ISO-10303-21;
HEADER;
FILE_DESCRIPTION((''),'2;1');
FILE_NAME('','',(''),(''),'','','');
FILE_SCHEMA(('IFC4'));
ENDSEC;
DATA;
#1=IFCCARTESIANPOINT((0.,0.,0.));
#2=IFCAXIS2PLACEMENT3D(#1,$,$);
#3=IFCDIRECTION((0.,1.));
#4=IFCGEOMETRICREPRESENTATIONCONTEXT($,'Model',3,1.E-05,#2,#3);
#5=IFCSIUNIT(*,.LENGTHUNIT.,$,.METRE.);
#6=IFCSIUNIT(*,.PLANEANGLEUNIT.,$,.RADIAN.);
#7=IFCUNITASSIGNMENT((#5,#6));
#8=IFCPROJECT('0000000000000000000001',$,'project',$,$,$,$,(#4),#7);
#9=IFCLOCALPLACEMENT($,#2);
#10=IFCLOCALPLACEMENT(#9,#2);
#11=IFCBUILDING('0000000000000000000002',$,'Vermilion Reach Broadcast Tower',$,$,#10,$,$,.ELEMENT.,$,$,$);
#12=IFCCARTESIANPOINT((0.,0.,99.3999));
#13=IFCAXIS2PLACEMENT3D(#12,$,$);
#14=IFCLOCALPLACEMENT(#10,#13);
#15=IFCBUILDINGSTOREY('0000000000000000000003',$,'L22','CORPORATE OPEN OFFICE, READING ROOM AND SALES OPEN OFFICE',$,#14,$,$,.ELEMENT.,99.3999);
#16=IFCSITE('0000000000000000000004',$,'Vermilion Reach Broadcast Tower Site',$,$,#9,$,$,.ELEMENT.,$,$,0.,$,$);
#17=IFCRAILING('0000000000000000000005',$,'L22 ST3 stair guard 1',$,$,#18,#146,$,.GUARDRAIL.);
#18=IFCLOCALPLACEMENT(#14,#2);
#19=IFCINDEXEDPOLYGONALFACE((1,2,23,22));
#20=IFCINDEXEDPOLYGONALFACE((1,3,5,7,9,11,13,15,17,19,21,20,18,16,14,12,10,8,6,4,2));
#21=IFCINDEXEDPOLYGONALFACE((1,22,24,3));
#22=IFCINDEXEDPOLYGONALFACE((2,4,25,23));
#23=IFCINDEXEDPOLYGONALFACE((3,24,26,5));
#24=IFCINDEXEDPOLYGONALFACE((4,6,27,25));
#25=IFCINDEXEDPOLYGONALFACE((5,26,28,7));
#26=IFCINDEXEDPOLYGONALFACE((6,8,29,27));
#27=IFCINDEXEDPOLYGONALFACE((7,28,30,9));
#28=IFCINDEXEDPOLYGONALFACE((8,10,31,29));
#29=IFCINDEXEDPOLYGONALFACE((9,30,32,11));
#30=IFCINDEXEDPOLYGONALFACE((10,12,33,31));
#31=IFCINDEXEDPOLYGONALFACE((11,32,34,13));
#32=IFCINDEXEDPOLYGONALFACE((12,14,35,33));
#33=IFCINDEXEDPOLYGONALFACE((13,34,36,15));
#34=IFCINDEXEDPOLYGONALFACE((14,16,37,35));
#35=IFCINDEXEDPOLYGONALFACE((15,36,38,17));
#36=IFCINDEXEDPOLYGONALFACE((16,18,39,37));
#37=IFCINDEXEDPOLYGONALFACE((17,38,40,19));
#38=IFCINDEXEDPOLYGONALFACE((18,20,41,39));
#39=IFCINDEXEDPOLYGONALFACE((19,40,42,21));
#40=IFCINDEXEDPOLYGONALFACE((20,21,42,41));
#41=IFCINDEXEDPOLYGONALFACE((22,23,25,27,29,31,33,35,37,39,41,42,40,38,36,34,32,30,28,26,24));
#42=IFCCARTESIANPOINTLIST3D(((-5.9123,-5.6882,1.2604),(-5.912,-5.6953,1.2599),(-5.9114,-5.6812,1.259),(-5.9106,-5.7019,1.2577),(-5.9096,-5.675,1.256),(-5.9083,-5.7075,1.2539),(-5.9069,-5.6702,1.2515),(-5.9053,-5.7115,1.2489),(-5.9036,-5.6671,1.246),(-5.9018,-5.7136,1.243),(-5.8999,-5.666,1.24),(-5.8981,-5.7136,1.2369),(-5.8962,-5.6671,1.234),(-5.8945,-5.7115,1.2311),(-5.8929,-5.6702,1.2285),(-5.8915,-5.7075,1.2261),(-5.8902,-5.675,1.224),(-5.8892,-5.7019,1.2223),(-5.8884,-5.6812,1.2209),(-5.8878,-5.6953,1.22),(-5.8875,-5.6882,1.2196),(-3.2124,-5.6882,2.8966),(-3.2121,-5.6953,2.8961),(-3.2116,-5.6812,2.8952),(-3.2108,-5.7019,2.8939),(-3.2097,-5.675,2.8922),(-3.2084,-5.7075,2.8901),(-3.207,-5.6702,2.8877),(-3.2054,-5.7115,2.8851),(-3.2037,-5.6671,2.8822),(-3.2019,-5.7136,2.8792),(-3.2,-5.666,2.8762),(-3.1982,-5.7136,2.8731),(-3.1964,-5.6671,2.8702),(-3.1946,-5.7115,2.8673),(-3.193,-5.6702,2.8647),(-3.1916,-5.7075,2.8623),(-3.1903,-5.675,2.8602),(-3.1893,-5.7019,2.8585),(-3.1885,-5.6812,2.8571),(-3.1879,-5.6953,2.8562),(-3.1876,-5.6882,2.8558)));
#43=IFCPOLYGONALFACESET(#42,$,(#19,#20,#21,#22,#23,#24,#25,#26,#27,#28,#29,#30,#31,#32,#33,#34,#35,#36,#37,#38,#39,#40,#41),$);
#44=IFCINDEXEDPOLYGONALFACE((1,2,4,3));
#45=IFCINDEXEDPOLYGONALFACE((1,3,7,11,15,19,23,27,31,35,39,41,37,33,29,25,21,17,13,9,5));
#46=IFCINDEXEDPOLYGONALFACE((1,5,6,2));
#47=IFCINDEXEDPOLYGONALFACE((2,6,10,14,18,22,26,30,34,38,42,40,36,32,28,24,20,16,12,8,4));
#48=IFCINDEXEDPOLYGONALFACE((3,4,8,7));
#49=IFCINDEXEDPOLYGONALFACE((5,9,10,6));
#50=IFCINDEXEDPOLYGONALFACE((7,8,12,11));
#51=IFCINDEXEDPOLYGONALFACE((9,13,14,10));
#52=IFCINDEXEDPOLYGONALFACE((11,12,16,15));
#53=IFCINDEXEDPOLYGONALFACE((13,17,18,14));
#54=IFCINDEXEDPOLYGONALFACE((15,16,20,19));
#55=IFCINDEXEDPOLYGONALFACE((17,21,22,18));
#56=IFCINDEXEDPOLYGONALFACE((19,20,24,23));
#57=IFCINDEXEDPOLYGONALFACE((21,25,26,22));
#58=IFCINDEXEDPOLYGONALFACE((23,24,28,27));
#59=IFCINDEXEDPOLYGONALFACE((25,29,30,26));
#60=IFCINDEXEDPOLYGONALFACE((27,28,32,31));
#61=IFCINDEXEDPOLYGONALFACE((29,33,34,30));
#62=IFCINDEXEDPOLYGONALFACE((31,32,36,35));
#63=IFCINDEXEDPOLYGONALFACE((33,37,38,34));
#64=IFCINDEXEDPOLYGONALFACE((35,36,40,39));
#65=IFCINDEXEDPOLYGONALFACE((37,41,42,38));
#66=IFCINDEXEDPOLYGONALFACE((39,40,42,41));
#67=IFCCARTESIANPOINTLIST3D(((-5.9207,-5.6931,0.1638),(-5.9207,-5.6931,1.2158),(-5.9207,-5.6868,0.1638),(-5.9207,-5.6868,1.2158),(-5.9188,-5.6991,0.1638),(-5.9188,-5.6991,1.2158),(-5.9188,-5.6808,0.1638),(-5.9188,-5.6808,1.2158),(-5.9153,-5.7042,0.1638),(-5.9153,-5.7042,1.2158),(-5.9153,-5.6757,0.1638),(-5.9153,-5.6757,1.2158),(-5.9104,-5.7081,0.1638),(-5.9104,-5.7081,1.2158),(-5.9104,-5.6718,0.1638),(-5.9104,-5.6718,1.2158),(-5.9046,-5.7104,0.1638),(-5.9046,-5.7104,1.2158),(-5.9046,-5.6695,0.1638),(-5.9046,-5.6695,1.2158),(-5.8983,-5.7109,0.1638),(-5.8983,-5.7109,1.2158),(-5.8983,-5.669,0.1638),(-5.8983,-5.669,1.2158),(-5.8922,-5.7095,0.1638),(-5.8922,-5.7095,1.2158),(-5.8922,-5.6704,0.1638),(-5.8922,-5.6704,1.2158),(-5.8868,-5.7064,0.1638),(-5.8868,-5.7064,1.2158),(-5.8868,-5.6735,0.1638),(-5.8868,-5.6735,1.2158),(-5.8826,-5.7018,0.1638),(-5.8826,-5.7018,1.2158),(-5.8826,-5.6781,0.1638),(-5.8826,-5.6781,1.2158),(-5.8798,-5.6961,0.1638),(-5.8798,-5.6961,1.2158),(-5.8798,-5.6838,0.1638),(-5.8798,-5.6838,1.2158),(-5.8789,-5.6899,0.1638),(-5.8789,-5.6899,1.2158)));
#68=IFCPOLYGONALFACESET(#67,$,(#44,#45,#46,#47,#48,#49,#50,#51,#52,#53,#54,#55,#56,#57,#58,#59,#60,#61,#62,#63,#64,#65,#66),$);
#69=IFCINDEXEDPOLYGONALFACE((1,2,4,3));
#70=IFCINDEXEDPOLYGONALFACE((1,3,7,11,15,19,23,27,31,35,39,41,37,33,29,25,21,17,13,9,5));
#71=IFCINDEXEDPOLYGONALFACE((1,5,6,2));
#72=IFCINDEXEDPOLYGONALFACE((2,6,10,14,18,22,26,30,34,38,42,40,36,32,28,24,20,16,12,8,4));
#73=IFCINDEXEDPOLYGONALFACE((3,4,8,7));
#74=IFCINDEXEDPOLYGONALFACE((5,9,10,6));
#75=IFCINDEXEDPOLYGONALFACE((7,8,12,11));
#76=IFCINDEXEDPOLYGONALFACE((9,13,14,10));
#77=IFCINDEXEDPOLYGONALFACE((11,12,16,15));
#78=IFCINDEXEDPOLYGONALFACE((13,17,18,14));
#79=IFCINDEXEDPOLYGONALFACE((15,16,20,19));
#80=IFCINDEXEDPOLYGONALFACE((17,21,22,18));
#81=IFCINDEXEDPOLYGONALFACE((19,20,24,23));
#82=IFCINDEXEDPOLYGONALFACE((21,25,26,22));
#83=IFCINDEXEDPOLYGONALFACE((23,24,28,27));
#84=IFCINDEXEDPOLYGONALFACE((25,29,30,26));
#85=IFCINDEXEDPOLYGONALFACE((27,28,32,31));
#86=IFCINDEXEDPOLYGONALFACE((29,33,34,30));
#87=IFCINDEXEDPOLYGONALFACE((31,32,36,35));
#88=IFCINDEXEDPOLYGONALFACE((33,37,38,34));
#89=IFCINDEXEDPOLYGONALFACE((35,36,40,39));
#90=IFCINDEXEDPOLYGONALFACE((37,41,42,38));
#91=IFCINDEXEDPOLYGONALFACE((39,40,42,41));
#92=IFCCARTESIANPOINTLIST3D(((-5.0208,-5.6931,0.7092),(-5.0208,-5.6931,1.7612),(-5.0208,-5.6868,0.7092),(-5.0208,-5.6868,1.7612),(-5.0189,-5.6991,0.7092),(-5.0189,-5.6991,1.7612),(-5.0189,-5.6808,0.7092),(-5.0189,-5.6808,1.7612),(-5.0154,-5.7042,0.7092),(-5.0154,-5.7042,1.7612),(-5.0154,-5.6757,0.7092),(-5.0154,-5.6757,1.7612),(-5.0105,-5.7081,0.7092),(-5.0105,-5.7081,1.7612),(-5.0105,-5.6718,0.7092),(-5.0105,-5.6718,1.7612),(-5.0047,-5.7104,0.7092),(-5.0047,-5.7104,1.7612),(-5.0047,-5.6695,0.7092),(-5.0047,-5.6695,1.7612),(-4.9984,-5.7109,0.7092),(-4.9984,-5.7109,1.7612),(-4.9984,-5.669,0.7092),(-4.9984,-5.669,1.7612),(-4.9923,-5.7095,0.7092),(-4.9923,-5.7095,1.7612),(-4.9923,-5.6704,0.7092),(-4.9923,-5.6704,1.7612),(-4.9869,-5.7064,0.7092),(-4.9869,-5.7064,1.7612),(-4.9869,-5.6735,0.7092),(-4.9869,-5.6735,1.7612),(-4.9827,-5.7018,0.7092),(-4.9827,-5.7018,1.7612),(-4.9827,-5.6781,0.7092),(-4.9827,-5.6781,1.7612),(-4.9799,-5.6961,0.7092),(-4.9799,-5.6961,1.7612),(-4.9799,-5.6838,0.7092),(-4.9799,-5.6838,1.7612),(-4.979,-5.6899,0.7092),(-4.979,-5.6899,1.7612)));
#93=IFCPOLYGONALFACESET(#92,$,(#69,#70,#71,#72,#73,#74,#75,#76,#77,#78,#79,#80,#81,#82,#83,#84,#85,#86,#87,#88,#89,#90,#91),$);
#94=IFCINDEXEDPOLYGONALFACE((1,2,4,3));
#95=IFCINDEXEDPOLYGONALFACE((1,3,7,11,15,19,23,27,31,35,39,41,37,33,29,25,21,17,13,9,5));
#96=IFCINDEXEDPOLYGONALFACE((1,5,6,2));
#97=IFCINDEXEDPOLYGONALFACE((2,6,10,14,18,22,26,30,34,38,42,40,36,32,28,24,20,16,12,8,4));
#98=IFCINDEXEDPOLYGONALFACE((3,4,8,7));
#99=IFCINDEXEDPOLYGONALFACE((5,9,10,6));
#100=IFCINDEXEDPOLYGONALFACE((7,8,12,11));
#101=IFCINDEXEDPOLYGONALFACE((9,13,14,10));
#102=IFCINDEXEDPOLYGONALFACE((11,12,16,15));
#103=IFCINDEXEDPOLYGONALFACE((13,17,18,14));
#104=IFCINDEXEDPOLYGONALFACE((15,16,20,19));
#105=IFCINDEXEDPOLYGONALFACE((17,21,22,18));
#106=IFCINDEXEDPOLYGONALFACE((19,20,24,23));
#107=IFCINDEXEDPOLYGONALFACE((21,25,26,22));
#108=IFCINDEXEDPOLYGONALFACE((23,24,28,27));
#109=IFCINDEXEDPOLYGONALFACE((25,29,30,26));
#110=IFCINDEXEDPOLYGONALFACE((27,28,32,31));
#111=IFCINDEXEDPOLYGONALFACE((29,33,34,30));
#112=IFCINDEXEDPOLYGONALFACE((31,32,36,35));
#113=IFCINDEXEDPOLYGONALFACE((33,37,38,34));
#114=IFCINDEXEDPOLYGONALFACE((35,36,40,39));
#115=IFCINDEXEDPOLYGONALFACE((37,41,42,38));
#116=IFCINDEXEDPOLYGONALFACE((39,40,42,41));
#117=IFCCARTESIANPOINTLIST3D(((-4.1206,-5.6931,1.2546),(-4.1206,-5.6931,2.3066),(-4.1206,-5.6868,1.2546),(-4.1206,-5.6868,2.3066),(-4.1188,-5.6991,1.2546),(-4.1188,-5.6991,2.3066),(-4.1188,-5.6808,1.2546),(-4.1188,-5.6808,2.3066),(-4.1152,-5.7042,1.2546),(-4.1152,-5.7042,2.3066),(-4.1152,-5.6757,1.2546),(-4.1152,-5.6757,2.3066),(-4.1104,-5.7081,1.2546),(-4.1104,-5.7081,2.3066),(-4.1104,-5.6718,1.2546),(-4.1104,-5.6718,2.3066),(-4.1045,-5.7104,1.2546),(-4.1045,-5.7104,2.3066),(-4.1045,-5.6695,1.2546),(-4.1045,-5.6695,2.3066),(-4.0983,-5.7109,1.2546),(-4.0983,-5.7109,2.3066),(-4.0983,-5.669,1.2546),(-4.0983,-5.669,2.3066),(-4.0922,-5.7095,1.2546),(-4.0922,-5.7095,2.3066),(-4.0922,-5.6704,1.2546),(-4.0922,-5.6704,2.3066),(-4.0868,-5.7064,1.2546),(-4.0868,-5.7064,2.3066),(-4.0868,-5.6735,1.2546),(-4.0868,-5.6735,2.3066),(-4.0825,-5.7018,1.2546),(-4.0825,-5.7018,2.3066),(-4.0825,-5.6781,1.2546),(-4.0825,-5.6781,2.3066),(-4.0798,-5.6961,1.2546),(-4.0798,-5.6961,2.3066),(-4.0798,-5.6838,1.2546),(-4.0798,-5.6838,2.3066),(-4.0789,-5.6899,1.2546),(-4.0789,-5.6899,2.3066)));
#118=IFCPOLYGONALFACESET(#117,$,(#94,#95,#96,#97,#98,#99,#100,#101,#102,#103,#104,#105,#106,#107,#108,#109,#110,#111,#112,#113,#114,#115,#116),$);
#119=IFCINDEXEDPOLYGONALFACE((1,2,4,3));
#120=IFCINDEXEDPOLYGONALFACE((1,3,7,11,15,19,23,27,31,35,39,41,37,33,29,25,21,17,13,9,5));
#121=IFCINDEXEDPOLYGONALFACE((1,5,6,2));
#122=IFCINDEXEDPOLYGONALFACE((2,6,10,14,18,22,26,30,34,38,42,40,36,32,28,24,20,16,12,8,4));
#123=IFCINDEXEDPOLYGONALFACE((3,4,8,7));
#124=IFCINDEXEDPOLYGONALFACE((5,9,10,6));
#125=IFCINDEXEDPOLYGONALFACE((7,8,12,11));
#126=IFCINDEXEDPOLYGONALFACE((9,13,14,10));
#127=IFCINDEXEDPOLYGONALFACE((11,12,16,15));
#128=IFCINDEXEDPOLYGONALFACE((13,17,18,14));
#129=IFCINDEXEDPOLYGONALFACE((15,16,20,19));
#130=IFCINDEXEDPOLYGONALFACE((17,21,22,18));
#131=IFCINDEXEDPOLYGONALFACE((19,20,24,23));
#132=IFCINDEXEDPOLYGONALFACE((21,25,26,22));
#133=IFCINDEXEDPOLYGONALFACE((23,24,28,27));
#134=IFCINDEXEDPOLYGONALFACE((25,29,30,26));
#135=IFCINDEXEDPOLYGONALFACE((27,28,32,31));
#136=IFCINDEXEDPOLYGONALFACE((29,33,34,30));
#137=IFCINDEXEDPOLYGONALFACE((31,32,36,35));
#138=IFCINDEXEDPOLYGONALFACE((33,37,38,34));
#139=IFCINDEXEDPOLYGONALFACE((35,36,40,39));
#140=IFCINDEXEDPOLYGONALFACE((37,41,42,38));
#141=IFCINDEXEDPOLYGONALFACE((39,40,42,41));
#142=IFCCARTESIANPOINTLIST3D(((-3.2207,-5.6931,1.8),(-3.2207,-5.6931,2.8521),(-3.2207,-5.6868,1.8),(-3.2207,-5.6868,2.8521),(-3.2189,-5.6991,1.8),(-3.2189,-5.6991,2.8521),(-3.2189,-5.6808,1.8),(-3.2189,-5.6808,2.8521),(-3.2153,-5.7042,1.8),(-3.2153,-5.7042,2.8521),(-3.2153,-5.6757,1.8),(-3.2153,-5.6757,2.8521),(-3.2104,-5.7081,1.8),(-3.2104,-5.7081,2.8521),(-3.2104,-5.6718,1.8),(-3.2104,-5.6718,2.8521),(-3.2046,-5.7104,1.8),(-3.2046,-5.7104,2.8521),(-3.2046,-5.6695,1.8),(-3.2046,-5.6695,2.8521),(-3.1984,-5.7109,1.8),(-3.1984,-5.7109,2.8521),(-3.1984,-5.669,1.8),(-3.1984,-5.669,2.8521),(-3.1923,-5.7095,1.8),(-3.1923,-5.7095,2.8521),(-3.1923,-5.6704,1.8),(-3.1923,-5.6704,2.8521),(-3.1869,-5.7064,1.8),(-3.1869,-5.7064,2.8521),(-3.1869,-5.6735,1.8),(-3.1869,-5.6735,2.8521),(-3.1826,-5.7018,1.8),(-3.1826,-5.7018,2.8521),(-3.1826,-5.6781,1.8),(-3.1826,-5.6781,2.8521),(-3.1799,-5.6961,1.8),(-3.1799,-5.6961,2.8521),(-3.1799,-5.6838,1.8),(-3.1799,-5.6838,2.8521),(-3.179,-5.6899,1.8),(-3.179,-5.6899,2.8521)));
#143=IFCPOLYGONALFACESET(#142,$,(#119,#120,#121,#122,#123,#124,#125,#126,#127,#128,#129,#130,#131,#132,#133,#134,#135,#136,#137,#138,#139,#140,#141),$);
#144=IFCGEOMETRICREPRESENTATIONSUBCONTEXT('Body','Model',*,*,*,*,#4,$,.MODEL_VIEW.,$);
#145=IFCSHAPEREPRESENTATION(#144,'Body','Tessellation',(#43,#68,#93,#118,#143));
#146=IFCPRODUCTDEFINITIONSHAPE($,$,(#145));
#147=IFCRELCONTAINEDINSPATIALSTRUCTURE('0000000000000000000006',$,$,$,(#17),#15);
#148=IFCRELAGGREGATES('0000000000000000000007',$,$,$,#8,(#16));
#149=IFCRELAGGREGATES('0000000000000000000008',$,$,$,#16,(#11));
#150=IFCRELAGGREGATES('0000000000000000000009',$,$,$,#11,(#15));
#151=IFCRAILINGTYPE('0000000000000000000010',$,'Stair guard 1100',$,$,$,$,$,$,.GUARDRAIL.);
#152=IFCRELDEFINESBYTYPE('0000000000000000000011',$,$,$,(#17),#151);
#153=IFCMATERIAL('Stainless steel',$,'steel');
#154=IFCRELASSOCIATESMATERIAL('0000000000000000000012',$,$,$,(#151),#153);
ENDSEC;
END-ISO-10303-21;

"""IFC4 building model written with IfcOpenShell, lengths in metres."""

from ifc_helpers import new_model, si_unit, direction, frame, origin, origin_2d, place, context, subcontext, project, spatial, circle, extrude, material, type_object, element, save


model = new_model("IFC4")

# Units and contexts
model_context = context("Model", 3, precision=1e-05, world=origin(), true_north=direction((0.0, 1.0)))
body_context = subcontext(model_context, "Body", "Model", "MODEL_VIEW")
ifc_project = project(units=[si_unit("LENGTHUNIT", "METRE"), si_unit("PLANEANGLEUNIT", "RADIAN")], contexts=[model_context])

# Site, building, storey
site_placement = place(None, origin())
site = spatial("IfcSite", under=ifc_project, at=site_placement, Name="Vermilion Reach Broadcast Tower Site", CompositionType="ELEMENT", RefElevation=0.0)
building_placement = place(site_placement, origin())
building = spatial("IfcBuilding", under=site, at=building_placement, Name="Vermilion Reach Broadcast Tower", CompositionType="ELEMENT")
storey_placement = place(building_placement, frame((0.0, 0.0, 99.3999)))
storey = spatial("IfcBuildingStorey", under=building, at=storey_placement, Name="L22", Description="CORPORATE OPEN OFFICE, READING ROOM AND SALES OPEN OFFICE", CompositionType="ELEMENT", Elevation=99.3999)

# Railing
ifc_material_1 = material(Name="Stainless steel", Category="steel")
railing_type_1 = type_object("IfcRailingType", Name="Stair guard 1100", PredefinedType="GUARDRAIL", material=ifc_material_1)
railing_1_placement = place(storey_placement, frame((-5.8999, -5.6899, 0.1638)))
element("IfcRailing", 1, at=railing_1_placement, inside=storey, type_object=railing_type_1, Name="L22 ST3 stair guard 1", PredefinedType="GUARDRAIL", context=body_context, shape_type="SweptSolid", body=[
    extrude(circle(Radius=0.0239, at=origin_2d()), frame((0.0, 0.0, 1.0762), z_axis=(0.855212, 0.0, 0.518278), x_axis=(0.0, 1.0, 0.0)), (0.0, 0.0, 1.0), 3.157),
    extrude(circle(Radius=0.021, at=origin_2d()), origin(), (0.0, 0.0, 1.0), 1.052),
    extrude(circle(Radius=0.021, at=origin_2d()), frame((0.8999, 0.0, 0.5454)), (0.0, 0.0, 1.0), 1.052),
    extrude(circle(Radius=0.021, at=origin_2d()), frame((1.8, 0.0, 1.0908)), (0.0, 0.0, 1.0), 1.052),
    extrude(circle(Radius=0.021, at=origin_2d()), frame((2.7, 0.0, 1.6362)), (0.0, 0.0, 1.0), 1.052),
])

save(model, "model.ifc")
